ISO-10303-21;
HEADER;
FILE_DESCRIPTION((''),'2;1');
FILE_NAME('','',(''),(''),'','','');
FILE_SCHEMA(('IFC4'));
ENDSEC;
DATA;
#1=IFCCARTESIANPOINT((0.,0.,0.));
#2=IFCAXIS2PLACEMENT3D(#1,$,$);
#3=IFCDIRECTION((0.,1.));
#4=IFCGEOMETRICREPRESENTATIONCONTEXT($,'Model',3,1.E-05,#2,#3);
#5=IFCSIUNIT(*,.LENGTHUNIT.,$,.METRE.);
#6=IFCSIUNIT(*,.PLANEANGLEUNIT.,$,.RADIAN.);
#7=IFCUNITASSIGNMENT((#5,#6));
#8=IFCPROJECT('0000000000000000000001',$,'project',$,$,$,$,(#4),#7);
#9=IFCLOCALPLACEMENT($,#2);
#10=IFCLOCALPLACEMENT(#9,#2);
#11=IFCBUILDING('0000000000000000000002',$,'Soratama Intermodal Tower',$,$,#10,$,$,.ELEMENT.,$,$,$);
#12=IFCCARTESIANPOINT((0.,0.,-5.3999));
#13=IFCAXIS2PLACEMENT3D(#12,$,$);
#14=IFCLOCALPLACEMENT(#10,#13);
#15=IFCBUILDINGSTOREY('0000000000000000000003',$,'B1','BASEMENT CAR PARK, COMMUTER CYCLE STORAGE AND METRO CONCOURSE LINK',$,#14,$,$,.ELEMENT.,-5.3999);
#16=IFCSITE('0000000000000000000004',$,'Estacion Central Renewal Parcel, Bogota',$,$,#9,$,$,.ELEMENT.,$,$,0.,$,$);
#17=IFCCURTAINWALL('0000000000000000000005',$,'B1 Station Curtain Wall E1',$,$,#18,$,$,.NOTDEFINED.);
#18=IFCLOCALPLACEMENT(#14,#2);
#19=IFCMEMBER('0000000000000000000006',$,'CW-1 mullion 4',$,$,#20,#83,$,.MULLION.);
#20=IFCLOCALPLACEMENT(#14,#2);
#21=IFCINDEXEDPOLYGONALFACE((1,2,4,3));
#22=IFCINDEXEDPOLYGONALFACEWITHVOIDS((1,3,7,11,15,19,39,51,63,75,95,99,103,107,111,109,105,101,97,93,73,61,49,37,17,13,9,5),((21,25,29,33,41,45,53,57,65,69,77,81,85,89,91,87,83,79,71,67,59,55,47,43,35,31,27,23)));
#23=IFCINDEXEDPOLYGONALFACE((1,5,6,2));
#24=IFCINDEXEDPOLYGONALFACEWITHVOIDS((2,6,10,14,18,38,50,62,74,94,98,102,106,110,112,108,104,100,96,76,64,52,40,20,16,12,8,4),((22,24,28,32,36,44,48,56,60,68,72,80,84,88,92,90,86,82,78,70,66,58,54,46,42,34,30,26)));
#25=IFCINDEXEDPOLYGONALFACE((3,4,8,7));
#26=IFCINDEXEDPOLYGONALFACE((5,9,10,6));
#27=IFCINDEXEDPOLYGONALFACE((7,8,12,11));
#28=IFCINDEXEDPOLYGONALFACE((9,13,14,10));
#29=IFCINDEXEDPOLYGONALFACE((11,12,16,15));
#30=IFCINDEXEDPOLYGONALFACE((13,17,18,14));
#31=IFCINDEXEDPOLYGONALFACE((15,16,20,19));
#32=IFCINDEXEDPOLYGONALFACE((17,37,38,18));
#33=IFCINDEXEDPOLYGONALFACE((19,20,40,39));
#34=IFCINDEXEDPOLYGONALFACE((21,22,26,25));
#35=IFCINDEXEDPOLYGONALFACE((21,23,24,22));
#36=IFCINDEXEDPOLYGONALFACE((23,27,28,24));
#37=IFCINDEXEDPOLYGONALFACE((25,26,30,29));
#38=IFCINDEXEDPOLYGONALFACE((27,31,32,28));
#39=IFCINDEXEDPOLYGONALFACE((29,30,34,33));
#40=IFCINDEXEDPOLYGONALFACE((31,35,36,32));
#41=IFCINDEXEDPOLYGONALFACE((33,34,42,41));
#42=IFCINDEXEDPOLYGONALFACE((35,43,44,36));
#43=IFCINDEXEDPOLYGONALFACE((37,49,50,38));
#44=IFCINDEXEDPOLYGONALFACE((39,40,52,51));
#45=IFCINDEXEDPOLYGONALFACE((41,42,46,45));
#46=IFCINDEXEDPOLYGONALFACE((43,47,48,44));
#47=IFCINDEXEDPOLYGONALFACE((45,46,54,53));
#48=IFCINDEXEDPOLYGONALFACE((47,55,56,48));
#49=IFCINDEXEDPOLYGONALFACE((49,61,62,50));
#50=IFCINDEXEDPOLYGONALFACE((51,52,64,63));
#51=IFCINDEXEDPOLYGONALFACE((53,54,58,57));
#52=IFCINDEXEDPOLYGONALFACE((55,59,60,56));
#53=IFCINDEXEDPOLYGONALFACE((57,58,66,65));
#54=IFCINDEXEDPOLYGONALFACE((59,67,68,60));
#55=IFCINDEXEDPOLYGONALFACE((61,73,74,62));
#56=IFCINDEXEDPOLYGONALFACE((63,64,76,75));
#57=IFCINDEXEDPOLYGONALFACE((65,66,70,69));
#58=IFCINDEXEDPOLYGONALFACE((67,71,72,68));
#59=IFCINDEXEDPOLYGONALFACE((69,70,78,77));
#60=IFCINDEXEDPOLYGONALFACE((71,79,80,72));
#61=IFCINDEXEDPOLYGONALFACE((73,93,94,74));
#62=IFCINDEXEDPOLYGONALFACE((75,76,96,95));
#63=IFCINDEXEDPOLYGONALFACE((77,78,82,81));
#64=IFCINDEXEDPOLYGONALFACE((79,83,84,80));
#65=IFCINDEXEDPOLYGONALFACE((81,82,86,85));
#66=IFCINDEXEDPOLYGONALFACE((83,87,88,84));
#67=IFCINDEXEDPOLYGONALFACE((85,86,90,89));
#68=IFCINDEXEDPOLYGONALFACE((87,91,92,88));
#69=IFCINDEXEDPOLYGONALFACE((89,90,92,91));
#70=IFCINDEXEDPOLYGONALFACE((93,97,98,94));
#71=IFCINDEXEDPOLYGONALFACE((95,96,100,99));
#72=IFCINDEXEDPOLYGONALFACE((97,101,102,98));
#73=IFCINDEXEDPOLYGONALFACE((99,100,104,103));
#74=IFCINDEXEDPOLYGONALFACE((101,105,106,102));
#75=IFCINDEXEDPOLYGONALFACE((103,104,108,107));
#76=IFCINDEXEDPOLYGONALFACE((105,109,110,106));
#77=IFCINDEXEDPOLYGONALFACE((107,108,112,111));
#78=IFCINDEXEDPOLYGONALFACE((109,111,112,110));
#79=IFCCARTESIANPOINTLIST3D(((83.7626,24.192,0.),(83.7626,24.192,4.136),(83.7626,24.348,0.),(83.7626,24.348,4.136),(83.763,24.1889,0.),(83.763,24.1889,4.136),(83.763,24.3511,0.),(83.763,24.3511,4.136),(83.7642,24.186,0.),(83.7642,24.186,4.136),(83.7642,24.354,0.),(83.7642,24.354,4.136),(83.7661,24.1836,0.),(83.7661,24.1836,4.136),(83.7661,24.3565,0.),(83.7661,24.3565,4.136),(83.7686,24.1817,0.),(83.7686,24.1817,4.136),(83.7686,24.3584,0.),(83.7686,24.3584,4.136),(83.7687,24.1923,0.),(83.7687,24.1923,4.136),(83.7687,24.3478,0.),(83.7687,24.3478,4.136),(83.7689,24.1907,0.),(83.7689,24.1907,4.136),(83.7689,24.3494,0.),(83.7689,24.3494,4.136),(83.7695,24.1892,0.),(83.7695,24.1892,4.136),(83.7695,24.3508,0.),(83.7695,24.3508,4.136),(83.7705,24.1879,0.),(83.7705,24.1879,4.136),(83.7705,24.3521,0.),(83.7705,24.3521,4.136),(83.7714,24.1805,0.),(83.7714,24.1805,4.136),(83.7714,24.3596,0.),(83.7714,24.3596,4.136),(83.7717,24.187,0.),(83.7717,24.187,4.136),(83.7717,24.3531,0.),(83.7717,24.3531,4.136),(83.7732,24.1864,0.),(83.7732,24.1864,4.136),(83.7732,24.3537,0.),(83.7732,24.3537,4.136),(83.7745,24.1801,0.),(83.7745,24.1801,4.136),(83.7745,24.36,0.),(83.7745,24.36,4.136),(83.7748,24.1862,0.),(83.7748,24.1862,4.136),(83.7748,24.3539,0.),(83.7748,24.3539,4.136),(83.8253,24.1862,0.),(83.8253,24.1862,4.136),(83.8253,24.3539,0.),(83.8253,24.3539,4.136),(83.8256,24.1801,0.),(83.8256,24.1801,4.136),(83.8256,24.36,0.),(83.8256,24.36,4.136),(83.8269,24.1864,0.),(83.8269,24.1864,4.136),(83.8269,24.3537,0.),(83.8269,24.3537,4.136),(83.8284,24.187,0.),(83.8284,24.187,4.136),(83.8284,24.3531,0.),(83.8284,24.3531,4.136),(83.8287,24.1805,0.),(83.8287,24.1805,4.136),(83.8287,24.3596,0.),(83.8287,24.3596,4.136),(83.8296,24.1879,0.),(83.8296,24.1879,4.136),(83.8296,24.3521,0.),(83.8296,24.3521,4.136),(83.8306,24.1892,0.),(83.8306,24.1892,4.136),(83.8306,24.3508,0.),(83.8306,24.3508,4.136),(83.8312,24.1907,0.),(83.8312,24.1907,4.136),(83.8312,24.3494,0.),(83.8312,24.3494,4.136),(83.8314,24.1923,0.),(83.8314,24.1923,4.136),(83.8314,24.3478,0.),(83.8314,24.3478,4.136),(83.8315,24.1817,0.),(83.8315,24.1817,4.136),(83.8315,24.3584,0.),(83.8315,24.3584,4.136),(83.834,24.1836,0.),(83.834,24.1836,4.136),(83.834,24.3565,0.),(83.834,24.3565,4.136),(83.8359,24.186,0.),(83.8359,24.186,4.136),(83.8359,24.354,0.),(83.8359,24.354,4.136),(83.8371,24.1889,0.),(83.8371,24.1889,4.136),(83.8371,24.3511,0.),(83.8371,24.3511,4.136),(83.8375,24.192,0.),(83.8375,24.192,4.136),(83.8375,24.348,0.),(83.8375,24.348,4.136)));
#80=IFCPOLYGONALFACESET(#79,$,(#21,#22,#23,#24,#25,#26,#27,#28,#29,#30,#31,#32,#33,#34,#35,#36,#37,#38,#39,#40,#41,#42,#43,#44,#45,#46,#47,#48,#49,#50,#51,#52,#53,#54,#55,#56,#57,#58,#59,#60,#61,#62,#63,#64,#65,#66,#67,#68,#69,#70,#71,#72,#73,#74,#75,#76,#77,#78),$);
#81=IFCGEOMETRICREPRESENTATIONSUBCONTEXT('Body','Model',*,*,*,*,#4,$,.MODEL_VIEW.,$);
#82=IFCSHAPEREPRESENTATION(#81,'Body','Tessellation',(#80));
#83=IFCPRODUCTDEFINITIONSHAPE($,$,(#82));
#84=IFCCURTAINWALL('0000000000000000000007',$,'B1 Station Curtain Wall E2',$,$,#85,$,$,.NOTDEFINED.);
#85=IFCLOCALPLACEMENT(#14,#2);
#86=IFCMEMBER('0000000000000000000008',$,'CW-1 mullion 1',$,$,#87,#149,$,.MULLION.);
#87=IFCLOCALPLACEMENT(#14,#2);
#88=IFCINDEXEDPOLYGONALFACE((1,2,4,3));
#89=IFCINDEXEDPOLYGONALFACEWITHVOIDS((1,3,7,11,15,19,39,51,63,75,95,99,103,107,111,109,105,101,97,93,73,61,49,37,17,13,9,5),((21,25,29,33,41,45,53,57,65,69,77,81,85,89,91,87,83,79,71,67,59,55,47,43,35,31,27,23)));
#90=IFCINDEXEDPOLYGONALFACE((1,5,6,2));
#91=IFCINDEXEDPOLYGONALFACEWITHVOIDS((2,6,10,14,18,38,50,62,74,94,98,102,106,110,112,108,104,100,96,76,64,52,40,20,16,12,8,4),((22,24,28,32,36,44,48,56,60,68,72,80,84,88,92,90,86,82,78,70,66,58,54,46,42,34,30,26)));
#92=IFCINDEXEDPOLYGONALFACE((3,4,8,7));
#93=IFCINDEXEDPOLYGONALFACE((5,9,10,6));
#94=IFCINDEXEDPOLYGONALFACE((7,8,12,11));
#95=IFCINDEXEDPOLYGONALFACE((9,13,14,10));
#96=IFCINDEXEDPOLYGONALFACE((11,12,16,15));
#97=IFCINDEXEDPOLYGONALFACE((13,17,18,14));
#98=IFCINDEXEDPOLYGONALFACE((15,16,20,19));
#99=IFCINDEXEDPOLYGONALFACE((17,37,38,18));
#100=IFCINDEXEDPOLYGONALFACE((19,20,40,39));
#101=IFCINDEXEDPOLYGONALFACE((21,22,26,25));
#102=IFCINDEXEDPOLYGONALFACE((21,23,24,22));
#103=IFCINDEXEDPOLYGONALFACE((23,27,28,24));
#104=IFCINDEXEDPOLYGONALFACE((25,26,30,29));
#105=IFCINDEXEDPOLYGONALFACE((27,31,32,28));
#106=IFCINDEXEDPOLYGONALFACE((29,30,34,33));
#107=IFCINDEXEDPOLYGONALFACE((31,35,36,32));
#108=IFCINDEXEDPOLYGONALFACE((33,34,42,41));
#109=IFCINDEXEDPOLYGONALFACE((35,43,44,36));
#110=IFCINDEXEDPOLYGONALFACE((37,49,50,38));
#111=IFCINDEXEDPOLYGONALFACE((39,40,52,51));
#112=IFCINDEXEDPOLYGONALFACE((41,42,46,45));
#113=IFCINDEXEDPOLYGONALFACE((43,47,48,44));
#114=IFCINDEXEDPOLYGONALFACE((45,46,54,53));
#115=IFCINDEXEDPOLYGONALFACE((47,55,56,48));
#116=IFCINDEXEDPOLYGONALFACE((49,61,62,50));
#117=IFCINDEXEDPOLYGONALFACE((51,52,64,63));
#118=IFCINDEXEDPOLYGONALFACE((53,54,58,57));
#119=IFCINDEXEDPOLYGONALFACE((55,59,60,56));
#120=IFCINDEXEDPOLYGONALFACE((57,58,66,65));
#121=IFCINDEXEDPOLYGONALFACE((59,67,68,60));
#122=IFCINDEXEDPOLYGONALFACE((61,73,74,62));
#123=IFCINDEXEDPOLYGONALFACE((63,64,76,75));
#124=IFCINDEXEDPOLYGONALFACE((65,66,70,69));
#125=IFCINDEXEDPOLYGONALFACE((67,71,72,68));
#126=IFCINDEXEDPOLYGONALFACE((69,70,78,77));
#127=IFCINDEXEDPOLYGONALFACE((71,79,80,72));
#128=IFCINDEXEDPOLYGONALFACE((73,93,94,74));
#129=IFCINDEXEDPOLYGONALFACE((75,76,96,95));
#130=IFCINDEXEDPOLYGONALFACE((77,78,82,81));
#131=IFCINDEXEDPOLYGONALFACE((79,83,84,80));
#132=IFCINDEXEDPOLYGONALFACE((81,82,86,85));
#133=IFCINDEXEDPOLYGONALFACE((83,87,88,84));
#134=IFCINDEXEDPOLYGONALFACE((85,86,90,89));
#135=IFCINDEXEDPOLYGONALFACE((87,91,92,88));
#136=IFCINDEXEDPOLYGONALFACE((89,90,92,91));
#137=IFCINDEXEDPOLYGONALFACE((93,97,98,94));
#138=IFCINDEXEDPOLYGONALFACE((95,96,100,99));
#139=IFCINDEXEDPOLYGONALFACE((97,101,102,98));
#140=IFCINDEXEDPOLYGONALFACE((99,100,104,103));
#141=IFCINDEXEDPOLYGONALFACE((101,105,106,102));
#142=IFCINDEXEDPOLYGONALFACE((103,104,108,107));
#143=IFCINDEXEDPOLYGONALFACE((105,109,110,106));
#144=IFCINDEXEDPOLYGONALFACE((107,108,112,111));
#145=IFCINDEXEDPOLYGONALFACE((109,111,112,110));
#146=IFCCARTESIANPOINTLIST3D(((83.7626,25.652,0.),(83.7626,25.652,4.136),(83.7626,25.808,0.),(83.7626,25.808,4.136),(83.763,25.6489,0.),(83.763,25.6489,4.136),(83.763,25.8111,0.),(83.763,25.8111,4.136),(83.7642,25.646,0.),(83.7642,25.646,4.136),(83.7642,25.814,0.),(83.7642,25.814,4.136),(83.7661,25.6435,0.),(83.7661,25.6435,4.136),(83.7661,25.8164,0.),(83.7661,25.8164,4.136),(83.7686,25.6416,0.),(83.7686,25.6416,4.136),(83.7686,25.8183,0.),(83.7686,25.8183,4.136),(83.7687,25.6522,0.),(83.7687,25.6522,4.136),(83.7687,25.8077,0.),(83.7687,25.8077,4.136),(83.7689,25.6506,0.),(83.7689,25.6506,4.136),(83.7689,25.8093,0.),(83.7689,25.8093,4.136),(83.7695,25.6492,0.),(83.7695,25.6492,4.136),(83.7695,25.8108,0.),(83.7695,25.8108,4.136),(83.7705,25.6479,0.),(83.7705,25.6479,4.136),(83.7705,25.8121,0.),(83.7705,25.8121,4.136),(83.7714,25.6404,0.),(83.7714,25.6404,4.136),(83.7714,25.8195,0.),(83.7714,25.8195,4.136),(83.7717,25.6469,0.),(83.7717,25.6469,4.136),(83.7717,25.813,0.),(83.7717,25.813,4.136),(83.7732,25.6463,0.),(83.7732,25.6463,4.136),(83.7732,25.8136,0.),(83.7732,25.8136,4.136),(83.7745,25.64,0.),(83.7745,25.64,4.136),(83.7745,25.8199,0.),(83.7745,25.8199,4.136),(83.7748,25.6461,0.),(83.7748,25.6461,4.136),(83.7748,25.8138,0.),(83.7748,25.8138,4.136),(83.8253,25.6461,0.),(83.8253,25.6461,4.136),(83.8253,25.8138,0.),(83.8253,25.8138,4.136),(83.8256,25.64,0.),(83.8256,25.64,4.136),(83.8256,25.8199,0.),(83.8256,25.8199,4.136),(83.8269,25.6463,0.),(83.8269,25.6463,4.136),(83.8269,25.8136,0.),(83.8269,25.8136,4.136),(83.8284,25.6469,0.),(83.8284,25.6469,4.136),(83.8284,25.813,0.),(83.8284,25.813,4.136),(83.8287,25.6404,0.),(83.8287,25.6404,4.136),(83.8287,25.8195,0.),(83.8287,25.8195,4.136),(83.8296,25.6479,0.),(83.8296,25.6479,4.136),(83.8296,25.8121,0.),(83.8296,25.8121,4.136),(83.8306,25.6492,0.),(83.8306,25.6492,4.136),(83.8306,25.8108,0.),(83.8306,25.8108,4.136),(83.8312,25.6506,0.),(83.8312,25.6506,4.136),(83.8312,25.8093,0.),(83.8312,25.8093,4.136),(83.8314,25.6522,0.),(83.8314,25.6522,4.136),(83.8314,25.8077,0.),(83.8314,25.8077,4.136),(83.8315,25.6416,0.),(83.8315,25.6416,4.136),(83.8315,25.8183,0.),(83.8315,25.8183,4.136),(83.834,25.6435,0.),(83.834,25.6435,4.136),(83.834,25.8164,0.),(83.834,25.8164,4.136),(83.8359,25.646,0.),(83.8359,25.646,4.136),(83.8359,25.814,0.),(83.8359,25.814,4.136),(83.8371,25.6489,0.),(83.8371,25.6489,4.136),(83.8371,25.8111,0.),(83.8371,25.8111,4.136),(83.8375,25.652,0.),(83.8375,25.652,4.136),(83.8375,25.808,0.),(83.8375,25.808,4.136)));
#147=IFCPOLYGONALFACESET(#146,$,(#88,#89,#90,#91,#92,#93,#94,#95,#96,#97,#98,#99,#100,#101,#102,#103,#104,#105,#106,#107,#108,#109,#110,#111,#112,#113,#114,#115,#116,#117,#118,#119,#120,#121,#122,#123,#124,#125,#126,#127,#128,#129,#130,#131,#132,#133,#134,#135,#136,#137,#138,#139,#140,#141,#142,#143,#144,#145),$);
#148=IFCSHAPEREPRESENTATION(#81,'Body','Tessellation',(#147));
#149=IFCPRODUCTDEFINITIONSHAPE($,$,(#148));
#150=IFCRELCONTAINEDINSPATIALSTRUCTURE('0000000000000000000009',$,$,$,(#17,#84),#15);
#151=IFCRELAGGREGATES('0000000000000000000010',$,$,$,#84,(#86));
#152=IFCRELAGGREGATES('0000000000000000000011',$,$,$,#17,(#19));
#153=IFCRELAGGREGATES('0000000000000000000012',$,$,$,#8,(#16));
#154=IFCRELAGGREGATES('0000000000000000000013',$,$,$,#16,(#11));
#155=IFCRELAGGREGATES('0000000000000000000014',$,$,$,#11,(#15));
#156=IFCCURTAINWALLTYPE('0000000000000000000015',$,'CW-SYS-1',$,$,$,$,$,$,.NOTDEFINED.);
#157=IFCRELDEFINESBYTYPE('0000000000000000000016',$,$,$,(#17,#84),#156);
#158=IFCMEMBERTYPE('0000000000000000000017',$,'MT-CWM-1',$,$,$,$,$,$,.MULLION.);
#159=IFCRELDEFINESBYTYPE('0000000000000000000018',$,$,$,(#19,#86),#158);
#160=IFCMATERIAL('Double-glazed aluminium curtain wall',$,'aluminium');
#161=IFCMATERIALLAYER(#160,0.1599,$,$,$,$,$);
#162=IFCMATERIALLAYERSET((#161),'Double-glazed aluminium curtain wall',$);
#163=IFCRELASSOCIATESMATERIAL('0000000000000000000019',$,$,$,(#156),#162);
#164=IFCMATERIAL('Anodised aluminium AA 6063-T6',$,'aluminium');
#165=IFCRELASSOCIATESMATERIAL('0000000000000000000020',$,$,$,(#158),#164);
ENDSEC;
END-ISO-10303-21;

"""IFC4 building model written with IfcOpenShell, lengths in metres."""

from ifc_helpers import new_model, si_unit, direction, frame, origin, origin_2d, place, context, subcontext, project, spatial, hollow_rectangle, extrude, material, layer, layer_set, material_profile, profile_set, type_object, element, aggregate, save


model = new_model("IFC4")

# Units and contexts
model_context = context("Model", 3, precision=1e-05, world=origin(), true_north=direction((0.0, 1.0)))
body_context = subcontext(model_context, "Body", "Model", "MODEL_VIEW")
ifc_project = project(units=[si_unit("LENGTHUNIT", "METRE"), si_unit("PLANEANGLEUNIT", "RADIAN")], contexts=[model_context])

# Site, building, storey
site_placement = place(None, origin())
site = spatial("IfcSite", under=ifc_project, at=site_placement, Name="Estacion Central Renewal Parcel, Bogota", CompositionType="ELEMENT", RefElevation=0.0)
building_placement = place(site_placement, origin())
building = spatial("IfcBuilding", under=site, at=building_placement, Name="Soratama Intermodal Tower", CompositionType="ELEMENT")
storey_placement = place(building_placement, frame((0.0, 0.0, -5.3999)))
storey = spatial("IfcBuildingStorey", under=building, at=storey_placement, Name="B1", Description="BASEMENT CAR PARK, COMMUTER CYCLE STORAGE AND METRO CONCOURSE LINK", CompositionType="ELEMENT", Elevation=-5.3999)

# Curtain wall, member
ifc_material_1 = material(Name="Double-glazed aluminium curtain wall", Category="aluminium")
ifc_layer_1 = layer(ifc_material_1, 0.1599)
ifc_layer_set_1 = layer_set([ifc_layer_1], Name="Double-glazed aluminium curtain wall")
curtain_wall_type = type_object("IfcCurtainWallType", Name="CW-SYS-1", PredefinedType="NOTDEFINED", material=ifc_layer_set_1)
curtain_wall_1_placement = place(storey_placement, origin())
curtain_wall_1 = element("IfcCurtainWall", 1, at=curtain_wall_1_placement, inside=storey, type_object=curtain_wall_type, Name="B1 Station Curtain Wall E1", PredefinedType="NOTDEFINED")
ifc_material_2 = material(Name="Anodised aluminium AA 6063-T6", Category="aluminium")
ifc_material_profile_1 = material_profile(ifc_material_2, hollow_rectangle(XDim=0.075, YDim=0.1799, WallThickness=0.0061, InnerFilletRadius=0.0061, OuterFilletRadius=0.012, at=origin_2d()), Name="CWM180X75X6")
ifc_profile_set_1 = profile_set([ifc_material_profile_1], Name="Anodised aluminium AA 6063-T6")
member_type_1 = type_object("IfcMemberType", Name="MT-CWM-1", PredefinedType="MULLION", material=ifc_profile_set_1)
member_1_placement = place(storey_placement, frame((83.8, 24.27, 0.0), z_axis=(0.0, 0.0, 1.0), x_axis=(-1.0, 0.0, 0.0)))
member_1 = element("IfcMember", 2, at=member_1_placement, type_object=member_type_1, Name="CW-1 mullion 4", PredefinedType="MULLION", context=body_context, shape_type="SweptSolid", body=[
    extrude(hollow_rectangle(XDim=0.075, YDim=0.1799, WallThickness=0.0061, InnerFilletRadius=0.0061, OuterFilletRadius=0.012, at=origin_2d()), origin(), (0.0, 0.0, 1.0), 4.136),
])

# Curtain wall, member
curtain_wall_2_placement = place(storey_placement, origin())
curtain_wall_2 = element("IfcCurtainWall", 3, at=curtain_wall_2_placement, inside=storey, type_object=curtain_wall_type, Name="B1 Station Curtain Wall E2", PredefinedType="NOTDEFINED")
member_2_placement = place(storey_placement, frame((83.8, 25.73, 0.0), z_axis=(0.0, 0.0, 1.0), x_axis=(-1.0, 0.0, 0.0)))
member_2 = element("IfcMember", 4, at=member_2_placement, type_object=member_type_1, Name="CW-1 mullion 1", PredefinedType="MULLION", context=body_context, shape_type="SweptSolid", body=[
    extrude(hollow_rectangle(XDim=0.075, YDim=0.1799, WallThickness=0.0061, InnerFilletRadius=0.0061, OuterFilletRadius=0.012, at=origin_2d()), origin(), (0.0, 0.0, 1.0), 4.136),
])

aggregate(curtain_wall_2, [member_2])

aggregate(curtain_wall_1, [member_1])

save(model, "model.ifc")
